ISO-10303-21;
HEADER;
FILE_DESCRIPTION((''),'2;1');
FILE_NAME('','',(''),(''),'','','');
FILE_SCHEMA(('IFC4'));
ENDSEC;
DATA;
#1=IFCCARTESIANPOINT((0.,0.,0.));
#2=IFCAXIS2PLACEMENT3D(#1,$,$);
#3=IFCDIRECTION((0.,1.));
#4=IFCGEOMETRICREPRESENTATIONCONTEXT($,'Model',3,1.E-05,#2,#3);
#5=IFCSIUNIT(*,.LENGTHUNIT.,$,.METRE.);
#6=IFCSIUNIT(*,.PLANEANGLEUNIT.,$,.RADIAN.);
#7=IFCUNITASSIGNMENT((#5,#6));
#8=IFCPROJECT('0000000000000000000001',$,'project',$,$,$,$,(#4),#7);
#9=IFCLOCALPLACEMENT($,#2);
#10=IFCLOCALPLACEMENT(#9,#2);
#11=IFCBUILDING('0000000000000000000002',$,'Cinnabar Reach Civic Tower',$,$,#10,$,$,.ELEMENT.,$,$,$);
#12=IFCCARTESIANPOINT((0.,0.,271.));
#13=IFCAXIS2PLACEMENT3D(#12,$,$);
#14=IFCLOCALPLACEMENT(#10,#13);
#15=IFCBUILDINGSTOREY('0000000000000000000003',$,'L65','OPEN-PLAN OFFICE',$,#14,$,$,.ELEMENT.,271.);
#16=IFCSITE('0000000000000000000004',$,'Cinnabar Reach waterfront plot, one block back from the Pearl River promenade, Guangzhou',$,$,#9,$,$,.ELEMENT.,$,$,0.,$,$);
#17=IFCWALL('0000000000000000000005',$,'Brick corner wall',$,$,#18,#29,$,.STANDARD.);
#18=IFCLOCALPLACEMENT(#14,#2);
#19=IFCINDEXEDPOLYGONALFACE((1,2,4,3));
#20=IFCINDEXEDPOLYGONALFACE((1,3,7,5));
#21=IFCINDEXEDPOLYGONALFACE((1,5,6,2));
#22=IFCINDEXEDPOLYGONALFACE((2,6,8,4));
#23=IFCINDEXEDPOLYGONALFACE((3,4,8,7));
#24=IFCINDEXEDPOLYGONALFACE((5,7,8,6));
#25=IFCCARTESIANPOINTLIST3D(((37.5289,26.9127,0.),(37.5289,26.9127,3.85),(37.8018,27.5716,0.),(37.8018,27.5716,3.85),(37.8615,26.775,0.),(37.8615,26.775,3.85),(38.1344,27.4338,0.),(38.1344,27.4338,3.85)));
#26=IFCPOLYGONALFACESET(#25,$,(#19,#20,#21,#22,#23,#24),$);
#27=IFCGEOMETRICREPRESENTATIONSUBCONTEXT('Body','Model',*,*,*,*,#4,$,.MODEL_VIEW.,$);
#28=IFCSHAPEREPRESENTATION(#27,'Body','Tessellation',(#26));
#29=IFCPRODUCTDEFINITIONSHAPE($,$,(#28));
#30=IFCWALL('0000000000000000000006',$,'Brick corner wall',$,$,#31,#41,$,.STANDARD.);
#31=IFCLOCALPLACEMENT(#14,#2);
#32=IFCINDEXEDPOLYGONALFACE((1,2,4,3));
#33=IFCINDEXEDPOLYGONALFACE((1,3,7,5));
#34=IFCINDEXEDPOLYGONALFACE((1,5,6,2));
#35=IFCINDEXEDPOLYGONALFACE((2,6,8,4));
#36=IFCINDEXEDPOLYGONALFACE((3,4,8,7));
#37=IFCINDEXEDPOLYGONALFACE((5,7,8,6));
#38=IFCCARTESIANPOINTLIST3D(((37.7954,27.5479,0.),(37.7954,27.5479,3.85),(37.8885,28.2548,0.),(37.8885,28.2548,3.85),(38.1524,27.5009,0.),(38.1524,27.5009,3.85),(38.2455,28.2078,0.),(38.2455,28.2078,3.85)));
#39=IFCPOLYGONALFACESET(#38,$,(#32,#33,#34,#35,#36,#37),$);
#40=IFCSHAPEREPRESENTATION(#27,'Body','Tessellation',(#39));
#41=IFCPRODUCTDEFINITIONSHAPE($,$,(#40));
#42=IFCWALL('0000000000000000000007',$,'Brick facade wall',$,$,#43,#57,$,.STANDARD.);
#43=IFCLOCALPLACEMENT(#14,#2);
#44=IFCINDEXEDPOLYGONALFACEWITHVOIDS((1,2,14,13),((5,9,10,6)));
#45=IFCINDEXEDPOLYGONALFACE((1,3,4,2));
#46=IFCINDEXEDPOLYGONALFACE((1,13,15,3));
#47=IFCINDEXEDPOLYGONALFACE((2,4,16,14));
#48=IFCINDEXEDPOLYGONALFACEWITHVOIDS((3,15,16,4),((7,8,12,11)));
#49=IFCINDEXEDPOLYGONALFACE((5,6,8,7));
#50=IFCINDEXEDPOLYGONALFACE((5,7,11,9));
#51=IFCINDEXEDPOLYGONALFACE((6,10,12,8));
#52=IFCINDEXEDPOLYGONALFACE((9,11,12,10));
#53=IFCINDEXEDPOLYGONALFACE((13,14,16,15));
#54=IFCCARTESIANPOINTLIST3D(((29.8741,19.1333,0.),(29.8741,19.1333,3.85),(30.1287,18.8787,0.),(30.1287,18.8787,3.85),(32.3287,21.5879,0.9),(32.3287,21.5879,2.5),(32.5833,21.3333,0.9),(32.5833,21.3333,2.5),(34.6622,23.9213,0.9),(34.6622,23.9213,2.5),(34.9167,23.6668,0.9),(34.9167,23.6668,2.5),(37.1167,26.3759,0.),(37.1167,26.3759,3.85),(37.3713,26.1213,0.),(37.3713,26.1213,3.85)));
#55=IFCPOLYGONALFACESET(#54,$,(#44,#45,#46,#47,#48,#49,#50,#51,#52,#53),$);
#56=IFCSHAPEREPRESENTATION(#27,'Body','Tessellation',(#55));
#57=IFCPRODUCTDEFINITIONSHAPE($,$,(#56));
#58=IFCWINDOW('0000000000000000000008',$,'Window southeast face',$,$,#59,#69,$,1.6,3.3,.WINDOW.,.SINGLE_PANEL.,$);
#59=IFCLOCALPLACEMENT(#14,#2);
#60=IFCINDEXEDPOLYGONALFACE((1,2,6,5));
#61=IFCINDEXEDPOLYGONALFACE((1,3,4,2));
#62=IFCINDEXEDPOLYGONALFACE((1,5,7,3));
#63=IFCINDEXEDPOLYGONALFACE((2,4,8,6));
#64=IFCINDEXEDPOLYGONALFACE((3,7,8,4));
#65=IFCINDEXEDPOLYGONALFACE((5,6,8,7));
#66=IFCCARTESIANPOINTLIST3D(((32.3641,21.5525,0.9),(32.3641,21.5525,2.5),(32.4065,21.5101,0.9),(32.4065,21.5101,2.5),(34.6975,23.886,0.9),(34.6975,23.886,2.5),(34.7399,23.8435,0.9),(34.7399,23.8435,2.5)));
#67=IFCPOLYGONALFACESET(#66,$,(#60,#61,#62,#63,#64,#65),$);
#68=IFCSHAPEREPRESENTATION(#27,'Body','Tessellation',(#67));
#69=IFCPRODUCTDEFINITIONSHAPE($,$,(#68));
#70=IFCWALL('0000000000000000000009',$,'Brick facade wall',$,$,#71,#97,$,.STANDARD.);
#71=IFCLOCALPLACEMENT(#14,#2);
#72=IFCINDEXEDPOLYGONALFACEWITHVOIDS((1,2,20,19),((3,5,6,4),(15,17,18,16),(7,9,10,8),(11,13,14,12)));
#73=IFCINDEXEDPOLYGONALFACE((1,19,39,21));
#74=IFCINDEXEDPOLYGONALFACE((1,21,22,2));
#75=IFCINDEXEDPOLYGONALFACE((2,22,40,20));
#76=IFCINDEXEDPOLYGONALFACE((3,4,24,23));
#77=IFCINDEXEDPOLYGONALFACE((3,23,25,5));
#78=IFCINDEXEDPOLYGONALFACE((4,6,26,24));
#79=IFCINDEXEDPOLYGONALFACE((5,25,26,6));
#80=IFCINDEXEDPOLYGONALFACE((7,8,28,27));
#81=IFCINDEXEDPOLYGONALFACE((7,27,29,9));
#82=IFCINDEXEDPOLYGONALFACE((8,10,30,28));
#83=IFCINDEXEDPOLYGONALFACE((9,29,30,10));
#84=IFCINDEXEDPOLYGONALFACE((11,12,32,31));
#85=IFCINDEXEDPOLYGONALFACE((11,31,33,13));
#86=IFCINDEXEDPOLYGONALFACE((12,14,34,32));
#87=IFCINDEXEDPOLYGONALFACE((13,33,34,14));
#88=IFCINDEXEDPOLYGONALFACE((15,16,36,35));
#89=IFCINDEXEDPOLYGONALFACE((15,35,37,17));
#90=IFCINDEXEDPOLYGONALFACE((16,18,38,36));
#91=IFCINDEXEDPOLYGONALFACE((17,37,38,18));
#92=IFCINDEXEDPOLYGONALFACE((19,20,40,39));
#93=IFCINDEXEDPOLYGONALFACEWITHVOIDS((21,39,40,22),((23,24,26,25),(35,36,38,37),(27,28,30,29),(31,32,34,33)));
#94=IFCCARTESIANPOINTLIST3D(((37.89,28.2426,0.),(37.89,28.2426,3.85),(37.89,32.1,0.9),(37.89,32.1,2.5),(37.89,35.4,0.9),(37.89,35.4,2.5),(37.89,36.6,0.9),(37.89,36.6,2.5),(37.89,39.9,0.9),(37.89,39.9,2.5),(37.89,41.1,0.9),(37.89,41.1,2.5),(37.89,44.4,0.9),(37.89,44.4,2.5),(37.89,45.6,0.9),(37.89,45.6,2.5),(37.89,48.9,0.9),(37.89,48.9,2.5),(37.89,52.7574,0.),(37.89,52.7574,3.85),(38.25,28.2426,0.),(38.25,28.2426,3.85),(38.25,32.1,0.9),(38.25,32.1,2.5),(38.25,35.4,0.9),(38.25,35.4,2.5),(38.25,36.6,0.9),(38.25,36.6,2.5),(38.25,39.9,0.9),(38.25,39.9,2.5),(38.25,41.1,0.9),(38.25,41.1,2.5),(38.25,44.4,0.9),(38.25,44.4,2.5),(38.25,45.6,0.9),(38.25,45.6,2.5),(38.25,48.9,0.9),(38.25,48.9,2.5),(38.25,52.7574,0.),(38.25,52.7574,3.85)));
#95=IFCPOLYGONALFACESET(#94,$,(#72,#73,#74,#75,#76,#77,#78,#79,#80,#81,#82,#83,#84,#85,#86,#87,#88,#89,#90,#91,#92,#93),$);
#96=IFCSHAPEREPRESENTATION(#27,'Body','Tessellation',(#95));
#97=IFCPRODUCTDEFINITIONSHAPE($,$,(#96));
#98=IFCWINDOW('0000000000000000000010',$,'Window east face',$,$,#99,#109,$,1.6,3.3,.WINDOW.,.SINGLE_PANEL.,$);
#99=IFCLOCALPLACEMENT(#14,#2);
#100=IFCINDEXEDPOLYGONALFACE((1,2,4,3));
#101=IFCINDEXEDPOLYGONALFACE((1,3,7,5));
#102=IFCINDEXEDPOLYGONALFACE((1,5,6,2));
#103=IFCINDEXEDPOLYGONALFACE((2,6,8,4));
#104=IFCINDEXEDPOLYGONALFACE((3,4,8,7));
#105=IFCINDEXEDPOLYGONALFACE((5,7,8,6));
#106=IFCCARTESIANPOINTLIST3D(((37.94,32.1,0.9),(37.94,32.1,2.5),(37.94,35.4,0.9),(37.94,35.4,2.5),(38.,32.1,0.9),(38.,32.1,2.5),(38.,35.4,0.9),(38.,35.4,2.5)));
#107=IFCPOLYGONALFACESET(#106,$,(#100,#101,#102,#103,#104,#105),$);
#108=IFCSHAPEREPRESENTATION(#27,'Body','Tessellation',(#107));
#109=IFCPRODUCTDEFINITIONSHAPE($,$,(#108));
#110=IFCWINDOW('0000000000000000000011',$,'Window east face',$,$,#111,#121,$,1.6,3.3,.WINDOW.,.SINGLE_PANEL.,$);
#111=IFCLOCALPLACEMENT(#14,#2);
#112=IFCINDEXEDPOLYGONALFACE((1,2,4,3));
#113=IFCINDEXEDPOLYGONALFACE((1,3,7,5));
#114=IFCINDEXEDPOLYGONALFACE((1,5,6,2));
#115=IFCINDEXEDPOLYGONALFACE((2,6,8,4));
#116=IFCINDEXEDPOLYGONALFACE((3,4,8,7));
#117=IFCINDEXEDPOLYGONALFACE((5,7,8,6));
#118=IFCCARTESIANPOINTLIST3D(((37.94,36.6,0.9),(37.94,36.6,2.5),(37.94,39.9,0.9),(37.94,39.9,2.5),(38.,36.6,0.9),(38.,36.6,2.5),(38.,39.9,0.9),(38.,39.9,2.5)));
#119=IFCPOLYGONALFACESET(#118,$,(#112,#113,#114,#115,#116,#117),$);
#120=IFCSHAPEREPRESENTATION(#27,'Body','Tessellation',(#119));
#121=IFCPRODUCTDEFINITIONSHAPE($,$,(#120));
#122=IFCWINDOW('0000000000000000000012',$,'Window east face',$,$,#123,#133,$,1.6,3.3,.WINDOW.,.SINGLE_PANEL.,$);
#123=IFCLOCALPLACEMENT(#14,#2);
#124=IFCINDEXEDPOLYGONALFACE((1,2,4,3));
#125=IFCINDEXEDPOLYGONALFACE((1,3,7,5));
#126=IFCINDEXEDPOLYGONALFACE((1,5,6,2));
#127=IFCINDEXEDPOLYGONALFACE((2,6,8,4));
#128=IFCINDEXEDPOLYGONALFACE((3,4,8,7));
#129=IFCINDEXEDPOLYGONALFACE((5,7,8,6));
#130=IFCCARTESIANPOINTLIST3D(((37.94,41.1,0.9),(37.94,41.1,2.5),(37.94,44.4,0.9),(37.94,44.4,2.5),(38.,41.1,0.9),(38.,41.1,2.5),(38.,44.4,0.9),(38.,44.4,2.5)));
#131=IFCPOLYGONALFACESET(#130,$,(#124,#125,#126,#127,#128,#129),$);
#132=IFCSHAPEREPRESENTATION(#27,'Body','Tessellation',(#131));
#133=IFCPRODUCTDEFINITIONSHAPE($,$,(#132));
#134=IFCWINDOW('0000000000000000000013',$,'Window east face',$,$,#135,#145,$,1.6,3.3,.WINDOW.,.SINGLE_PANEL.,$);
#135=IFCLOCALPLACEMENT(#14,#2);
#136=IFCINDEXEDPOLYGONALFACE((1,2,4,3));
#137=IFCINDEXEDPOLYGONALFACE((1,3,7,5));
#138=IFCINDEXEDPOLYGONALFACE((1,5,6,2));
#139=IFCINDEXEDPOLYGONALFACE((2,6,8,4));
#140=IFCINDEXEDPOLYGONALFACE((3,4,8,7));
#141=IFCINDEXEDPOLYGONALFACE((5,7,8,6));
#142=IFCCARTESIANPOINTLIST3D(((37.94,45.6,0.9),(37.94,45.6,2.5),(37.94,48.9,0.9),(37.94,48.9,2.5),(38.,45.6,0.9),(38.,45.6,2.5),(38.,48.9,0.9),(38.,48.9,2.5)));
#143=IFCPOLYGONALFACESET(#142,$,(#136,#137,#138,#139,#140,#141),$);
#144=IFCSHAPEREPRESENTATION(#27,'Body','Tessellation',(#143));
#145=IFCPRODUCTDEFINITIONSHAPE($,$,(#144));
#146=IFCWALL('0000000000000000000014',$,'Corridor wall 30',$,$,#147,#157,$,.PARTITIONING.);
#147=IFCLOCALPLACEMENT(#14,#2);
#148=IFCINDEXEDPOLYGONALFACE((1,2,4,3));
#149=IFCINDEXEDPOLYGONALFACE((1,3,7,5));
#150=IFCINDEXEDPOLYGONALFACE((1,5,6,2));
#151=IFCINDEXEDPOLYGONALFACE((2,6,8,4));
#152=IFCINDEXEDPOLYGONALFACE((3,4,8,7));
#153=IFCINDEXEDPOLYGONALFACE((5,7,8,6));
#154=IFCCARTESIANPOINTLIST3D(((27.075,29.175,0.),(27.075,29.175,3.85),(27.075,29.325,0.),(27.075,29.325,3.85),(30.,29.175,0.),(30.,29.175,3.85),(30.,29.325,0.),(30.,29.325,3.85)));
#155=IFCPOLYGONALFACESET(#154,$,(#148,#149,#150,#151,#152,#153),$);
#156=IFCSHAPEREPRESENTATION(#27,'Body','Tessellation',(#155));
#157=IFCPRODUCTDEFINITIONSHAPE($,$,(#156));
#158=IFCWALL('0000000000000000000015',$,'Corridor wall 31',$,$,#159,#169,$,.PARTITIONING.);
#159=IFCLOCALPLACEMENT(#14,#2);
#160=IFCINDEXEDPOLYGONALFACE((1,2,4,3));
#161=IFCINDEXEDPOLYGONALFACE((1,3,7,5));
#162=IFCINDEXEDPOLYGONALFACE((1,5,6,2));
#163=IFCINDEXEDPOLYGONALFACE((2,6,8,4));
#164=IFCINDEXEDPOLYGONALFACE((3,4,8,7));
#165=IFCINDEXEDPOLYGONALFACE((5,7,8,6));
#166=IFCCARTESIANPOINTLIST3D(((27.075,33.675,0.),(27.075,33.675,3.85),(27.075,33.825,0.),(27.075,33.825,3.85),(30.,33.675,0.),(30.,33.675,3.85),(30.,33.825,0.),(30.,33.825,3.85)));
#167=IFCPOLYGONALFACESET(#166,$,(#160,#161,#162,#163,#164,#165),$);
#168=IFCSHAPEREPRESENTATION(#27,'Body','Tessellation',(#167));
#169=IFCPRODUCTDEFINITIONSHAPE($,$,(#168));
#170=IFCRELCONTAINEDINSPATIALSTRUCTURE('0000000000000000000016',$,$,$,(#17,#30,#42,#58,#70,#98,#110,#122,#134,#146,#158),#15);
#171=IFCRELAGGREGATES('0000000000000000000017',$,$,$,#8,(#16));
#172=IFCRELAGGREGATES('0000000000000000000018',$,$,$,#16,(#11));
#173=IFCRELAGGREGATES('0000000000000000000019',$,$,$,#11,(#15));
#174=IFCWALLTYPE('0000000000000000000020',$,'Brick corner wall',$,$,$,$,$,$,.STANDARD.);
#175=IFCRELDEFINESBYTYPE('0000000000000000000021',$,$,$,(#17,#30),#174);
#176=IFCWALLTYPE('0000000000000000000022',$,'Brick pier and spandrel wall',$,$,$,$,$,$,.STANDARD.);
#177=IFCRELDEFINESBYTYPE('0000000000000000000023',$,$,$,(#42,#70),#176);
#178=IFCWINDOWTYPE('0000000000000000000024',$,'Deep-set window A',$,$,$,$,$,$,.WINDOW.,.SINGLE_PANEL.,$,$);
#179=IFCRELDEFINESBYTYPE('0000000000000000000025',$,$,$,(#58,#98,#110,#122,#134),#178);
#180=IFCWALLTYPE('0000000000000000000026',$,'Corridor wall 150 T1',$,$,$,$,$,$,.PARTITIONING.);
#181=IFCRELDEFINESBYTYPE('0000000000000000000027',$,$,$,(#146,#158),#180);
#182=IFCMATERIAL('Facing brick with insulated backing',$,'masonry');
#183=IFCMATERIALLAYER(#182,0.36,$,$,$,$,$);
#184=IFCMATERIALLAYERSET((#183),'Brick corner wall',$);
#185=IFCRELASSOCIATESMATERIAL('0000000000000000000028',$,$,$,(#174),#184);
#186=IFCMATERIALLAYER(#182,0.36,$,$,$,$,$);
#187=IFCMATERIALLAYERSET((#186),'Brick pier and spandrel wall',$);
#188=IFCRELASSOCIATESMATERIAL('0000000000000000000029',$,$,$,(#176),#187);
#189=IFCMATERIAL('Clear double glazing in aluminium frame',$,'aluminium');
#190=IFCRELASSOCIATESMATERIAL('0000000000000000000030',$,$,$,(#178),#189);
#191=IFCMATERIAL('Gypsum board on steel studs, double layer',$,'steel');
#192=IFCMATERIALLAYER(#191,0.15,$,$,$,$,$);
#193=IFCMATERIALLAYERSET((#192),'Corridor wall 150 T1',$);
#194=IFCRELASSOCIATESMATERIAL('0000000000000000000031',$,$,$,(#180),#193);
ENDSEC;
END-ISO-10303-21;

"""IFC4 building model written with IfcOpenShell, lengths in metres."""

from ifc_helpers import new_model, si_unit, direction, frame, frame_2d, origin, place, context, subcontext, project, spatial, rectangle, extrude, material, layer, layer_set, type_object, element, fill, save


model = new_model("IFC4")

# Units and contexts
model_context = context("Model", 3, precision=1e-05, world=origin(), true_north=direction((0.0, 1.0)))
body_context = subcontext(model_context, "Body", "Model", "MODEL_VIEW")
ifc_project = project(units=[si_unit("LENGTHUNIT", "METRE"), si_unit("PLANEANGLEUNIT", "RADIAN")], contexts=[model_context])

# Site, building, storey
site_placement = place(None, origin())
site = spatial("IfcSite", under=ifc_project, at=site_placement, Name="Cinnabar Reach waterfront plot, one block back from the Pearl River promenade, Guangzhou", CompositionType="ELEMENT", RefElevation=0.0)
building_placement = place(site_placement, origin())
building = spatial("IfcBuilding", under=site, at=building_placement, Name="Cinnabar Reach Civic Tower", CompositionType="ELEMENT")
storey_placement = place(building_placement, frame((0.0, 0.0, 271.0)))
storey = spatial("IfcBuildingStorey", under=building, at=storey_placement, Name="L65", Description="OPEN-PLAN OFFICE", CompositionType="ELEMENT", Elevation=271.0)

# Walls
ifc_material_1 = material(Name="Facing brick with insulated backing", Category="masonry")
ifc_layer_1 = layer(ifc_material_1, 0.36)
ifc_layer_set_1 = layer_set([ifc_layer_1], Name="Brick corner wall")
wall_type_1 = type_object("IfcWallType", Name="Brick corner wall", PredefinedType="STANDARD", material=ifc_layer_set_1)
for number, where, z_axis, x_axis, name in (
    (1, (37.6952, 26.8439, 0.0), (0.0, 0.0, 1.0), (0.382703, 0.923872, 0.0), "Brick corner wall"),
    (2, (37.9739, 27.5244, 0.0), (0.0, 0.0, 1.0), (0.130556, 0.991441, 0.0), "Brick corner wall"),
):
    element("IfcWall", number, at=place(storey_placement, frame(where, z_axis=z_axis, x_axis=x_axis)), inside=storey, type_object=wall_type_1, Name=name, PredefinedType="STANDARD", context=body_context, shape_type="SweptSolid", body=[
        extrude(rectangle(XDim=0.7131, YDim=0.36, at=frame_2d((0.3565, 0.0))), origin(), (0.0, 0.0, 1.0), 3.85),
    ])

# Wall, opening, window
ifc_layer_2 = layer(ifc_material_1, 0.36)
ifc_layer_set_2 = layer_set([ifc_layer_2], Name="Brick pier and spandrel wall")
wall_type_2 = type_object("IfcWallType", Name="Brick pier and spandrel wall", PredefinedType="STANDARD", material=ifc_layer_set_2)
wall_1_placement = place(storey_placement, frame((30.0014, 19.006, 0.0), z_axis=(0.0, 0.0, 1.0), x_axis=(0.707107, 0.707107, 0.0)))
wall_1 = element("IfcWall", 3, at=wall_1_placement, inside=storey, type_object=wall_type_2, Name="Brick facade wall", PredefinedType="STANDARD", context=body_context, shape_type="SweptSolid", body=[
    extrude(rectangle(XDim=10.2426, YDim=0.36, at=frame_2d((5.1213, 0.0))), origin(), (0.0, 0.0, 1.0), 3.85),
])
opening_1_placement = place(wall_1_placement, frame((3.4713, 0.0, 0.9)))
opening_1 = element("IfcOpeningElement", 4, at=opening_1_placement, cuts=wall_1, PredefinedType="OPENING", context=body_context, shape_type="SweptSolid", body=[
    extrude(rectangle(XDim=3.3, YDim=1.6, at=frame_2d((1.65, 0.8))), frame((0.0, 0.19, 0.0), z_axis=(0.0, -1.0, 0.0), x_axis=(1.0, 0.0, 0.0)), (0.0, 0.0, 1.0), 0.38),
])
ifc_material_2 = material(Name="Clear double glazing in aluminium frame", Category="aluminium")
window_type = type_object("IfcWindowType", Name="Deep-set window A", PartitioningType="SINGLE_PANEL", PredefinedType="WINDOW", material=ifc_material_2)
window_1_placement = place(opening_1_placement, origin())
window_1 = element("IfcWindow", 5, at=window_1_placement, inside=storey, type_object=window_type, Name="Window southeast face", OverallHeight=1.6, OverallWidth=3.3, PartitioningType="SINGLE_PANEL", PredefinedType="WINDOW", context=body_context, shape_type="SweptSolid", body=[
    extrude(rectangle(XDim=3.3, YDim=1.6, at=frame_2d((1.65, 0.8))), frame((0.0, 0.13, 0.0), z_axis=(0.0, -1.0, 0.0), x_axis=(1.0, 0.0, 0.0)), (0.0, 0.0, 1.0), 0.06),
])
fill(opening_1, window_1)

# Wall, openings, windows
wall_2_placement = place(storey_placement, frame((38.07, 28.2426, 0.0), z_axis=(0.0, 0.0, 1.0), x_axis=(0.0, 1.0, 0.0)))
wall_2 = element("IfcWall", 6, at=wall_2_placement, inside=storey, type_object=wall_type_2, Name="Brick facade wall", PredefinedType="STANDARD", context=body_context, shape_type="SweptSolid", body=[
    extrude(rectangle(XDim=24.5148, YDim=0.36, at=frame_2d((12.2574, 0.0))), origin(), (0.0, 0.0, 1.0), 3.85),
])
opening_2_placement = place(wall_2_placement, frame((3.8574, 0.0, 0.9)))
opening_2 = element("IfcOpeningElement", 7, at=opening_2_placement, cuts=wall_2, PredefinedType="OPENING", context=body_context, shape_type="SweptSolid", body=[
    extrude(rectangle(XDim=3.3, YDim=1.6, at=frame_2d((1.65, 0.8))), frame((0.0, 0.19, 0.0), z_axis=(0.0, -1.0, 0.0), x_axis=(1.0, 0.0, 0.0)), (0.0, 0.0, 1.0), 0.38),
])
opening_3_placement = place(wall_2_placement, frame((8.3574, 0.0, 0.9)))
opening_3 = element("IfcOpeningElement", 8, at=opening_3_placement, cuts=wall_2, PredefinedType="OPENING", context=body_context, shape_type="SweptSolid", body=[
    extrude(rectangle(XDim=3.3, YDim=1.6, at=frame_2d((1.65, 0.8))), frame((0.0, 0.19, 0.0), z_axis=(0.0, -1.0, 0.0), x_axis=(1.0, 0.0, 0.0)), (0.0, 0.0, 1.0), 0.38),
])
opening_4_placement = place(wall_2_placement, frame((12.8574, 0.0, 0.9)))
opening_4 = element("IfcOpeningElement", 9, at=opening_4_placement, cuts=wall_2, PredefinedType="OPENING", context=body_context, shape_type="SweptSolid", body=[
    extrude(rectangle(XDim=3.3, YDim=1.6, at=frame_2d((1.65, 0.8))), frame((0.0, 0.19, 0.0), z_axis=(0.0, -1.0, 0.0), x_axis=(1.0, 0.0, 0.0)), (0.0, 0.0, 1.0), 0.38),
])
opening_5_placement = place(wall_2_placement, frame((17.3574, 0.0, 0.9)))
opening_5 = element("IfcOpeningElement", 10, at=opening_5_placement, cuts=wall_2, PredefinedType="OPENING", context=body_context, shape_type="SweptSolid", body=[
    extrude(rectangle(XDim=3.3, YDim=1.6, at=frame_2d((1.65, 0.8))), frame((0.0, 0.19, 0.0), z_axis=(0.0, -1.0, 0.0), x_axis=(1.0, 0.0, 0.0)), (0.0, 0.0, 1.0), 0.38),
])
window_2_placement = place(opening_2_placement, origin())
window_2 = element("IfcWindow", 11, at=window_2_placement, inside=storey, type_object=window_type, Name="Window east face", OverallHeight=1.6, OverallWidth=3.3, PartitioningType="SINGLE_PANEL", PredefinedType="WINDOW", context=body_context, shape_type="SweptSolid", body=[
    extrude(rectangle(XDim=3.3, YDim=1.6, at=frame_2d((1.65, 0.8))), frame((0.0, 0.13, 0.0), z_axis=(0.0, -1.0, 0.0), x_axis=(1.0, 0.0, 0.0)), (0.0, 0.0, 1.0), 0.06),
])
fill(opening_2, window_2)
window_3_placement = place(opening_3_placement, origin())
window_3 = element("IfcWindow", 12, at=window_3_placement, inside=storey, type_object=window_type, Name="Window east face", OverallHeight=1.6, OverallWidth=3.3, PartitioningType="SINGLE_PANEL", PredefinedType="WINDOW", context=body_context, shape_type="SweptSolid", body=[
    extrude(rectangle(XDim=3.3, YDim=1.6, at=frame_2d((1.65, 0.8))), frame((0.0, 0.13, 0.0), z_axis=(0.0, -1.0, 0.0), x_axis=(1.0, 0.0, 0.0)), (0.0, 0.0, 1.0), 0.06),
])
fill(opening_3, window_3)
window_4_placement = place(opening_4_placement, origin())
window_4 = element("IfcWindow", 13, at=window_4_placement, inside=storey, type_object=window_type, Name="Window east face", OverallHeight=1.6, OverallWidth=3.3, PartitioningType="SINGLE_PANEL", PredefinedType="WINDOW", context=body_context, shape_type="SweptSolid", body=[
    extrude(rectangle(XDim=3.3, YDim=1.6, at=frame_2d((1.65, 0.8))), frame((0.0, 0.13, 0.0), z_axis=(0.0, -1.0, 0.0), x_axis=(1.0, 0.0, 0.0)), (0.0, 0.0, 1.0), 0.06),
])
fill(opening_4, window_4)
window_5_placement = place(opening_5_placement, origin())
window_5 = element("IfcWindow", 14, at=window_5_placement, inside=storey, type_object=window_type, Name="Window east face", OverallHeight=1.6, OverallWidth=3.3, PartitioningType="SINGLE_PANEL", PredefinedType="WINDOW", context=body_context, shape_type="SweptSolid", body=[
    extrude(rectangle(XDim=3.3, YDim=1.6, at=frame_2d((1.65, 0.8))), frame((0.0, 0.13, 0.0), z_axis=(0.0, -1.0, 0.0), x_axis=(1.0, 0.0, 0.0)), (0.0, 0.0, 1.0), 0.06),
])
fill(opening_5, window_5)

# Walls
ifc_material_3 = material(Name="Gypsum board on steel studs, double layer", Category="steel")
ifc_layer_3 = layer(ifc_material_3, 0.15)
ifc_layer_set_3 = layer_set([ifc_layer_3], Name="Corridor wall 150 T1")
wall_type_3 = type_object("IfcWallType", Name="Corridor wall 150 T1", PredefinedType="PARTITIONING", material=ifc_layer_set_3)
for number, where, z_axis, x_axis, name in (
    (15, (27.075, 29.25, 0.0), (0.0, 0.0, 1.0), (1.0, 0.0, 0.0), "Corridor wall 30"),
    (16, (27.075, 33.75, 0.0), (0.0, 0.0, 1.0), (1.0, 0.0, 0.0), "Corridor wall 31"),
):
    element("IfcWall", number, at=place(storey_placement, frame(where, z_axis=z_axis, x_axis=x_axis)), inside=storey, type_object=wall_type_3, Name=name, PredefinedType="PARTITIONING", context=body_context, shape_type="SweptSolid", body=[
        extrude(rectangle(XDim=2.925, YDim=0.15, at=frame_2d((1.4625, 0.0))), origin(), (0.0, 0.0, 1.0), 3.85),
    ])

save(model, "model.ifc")
